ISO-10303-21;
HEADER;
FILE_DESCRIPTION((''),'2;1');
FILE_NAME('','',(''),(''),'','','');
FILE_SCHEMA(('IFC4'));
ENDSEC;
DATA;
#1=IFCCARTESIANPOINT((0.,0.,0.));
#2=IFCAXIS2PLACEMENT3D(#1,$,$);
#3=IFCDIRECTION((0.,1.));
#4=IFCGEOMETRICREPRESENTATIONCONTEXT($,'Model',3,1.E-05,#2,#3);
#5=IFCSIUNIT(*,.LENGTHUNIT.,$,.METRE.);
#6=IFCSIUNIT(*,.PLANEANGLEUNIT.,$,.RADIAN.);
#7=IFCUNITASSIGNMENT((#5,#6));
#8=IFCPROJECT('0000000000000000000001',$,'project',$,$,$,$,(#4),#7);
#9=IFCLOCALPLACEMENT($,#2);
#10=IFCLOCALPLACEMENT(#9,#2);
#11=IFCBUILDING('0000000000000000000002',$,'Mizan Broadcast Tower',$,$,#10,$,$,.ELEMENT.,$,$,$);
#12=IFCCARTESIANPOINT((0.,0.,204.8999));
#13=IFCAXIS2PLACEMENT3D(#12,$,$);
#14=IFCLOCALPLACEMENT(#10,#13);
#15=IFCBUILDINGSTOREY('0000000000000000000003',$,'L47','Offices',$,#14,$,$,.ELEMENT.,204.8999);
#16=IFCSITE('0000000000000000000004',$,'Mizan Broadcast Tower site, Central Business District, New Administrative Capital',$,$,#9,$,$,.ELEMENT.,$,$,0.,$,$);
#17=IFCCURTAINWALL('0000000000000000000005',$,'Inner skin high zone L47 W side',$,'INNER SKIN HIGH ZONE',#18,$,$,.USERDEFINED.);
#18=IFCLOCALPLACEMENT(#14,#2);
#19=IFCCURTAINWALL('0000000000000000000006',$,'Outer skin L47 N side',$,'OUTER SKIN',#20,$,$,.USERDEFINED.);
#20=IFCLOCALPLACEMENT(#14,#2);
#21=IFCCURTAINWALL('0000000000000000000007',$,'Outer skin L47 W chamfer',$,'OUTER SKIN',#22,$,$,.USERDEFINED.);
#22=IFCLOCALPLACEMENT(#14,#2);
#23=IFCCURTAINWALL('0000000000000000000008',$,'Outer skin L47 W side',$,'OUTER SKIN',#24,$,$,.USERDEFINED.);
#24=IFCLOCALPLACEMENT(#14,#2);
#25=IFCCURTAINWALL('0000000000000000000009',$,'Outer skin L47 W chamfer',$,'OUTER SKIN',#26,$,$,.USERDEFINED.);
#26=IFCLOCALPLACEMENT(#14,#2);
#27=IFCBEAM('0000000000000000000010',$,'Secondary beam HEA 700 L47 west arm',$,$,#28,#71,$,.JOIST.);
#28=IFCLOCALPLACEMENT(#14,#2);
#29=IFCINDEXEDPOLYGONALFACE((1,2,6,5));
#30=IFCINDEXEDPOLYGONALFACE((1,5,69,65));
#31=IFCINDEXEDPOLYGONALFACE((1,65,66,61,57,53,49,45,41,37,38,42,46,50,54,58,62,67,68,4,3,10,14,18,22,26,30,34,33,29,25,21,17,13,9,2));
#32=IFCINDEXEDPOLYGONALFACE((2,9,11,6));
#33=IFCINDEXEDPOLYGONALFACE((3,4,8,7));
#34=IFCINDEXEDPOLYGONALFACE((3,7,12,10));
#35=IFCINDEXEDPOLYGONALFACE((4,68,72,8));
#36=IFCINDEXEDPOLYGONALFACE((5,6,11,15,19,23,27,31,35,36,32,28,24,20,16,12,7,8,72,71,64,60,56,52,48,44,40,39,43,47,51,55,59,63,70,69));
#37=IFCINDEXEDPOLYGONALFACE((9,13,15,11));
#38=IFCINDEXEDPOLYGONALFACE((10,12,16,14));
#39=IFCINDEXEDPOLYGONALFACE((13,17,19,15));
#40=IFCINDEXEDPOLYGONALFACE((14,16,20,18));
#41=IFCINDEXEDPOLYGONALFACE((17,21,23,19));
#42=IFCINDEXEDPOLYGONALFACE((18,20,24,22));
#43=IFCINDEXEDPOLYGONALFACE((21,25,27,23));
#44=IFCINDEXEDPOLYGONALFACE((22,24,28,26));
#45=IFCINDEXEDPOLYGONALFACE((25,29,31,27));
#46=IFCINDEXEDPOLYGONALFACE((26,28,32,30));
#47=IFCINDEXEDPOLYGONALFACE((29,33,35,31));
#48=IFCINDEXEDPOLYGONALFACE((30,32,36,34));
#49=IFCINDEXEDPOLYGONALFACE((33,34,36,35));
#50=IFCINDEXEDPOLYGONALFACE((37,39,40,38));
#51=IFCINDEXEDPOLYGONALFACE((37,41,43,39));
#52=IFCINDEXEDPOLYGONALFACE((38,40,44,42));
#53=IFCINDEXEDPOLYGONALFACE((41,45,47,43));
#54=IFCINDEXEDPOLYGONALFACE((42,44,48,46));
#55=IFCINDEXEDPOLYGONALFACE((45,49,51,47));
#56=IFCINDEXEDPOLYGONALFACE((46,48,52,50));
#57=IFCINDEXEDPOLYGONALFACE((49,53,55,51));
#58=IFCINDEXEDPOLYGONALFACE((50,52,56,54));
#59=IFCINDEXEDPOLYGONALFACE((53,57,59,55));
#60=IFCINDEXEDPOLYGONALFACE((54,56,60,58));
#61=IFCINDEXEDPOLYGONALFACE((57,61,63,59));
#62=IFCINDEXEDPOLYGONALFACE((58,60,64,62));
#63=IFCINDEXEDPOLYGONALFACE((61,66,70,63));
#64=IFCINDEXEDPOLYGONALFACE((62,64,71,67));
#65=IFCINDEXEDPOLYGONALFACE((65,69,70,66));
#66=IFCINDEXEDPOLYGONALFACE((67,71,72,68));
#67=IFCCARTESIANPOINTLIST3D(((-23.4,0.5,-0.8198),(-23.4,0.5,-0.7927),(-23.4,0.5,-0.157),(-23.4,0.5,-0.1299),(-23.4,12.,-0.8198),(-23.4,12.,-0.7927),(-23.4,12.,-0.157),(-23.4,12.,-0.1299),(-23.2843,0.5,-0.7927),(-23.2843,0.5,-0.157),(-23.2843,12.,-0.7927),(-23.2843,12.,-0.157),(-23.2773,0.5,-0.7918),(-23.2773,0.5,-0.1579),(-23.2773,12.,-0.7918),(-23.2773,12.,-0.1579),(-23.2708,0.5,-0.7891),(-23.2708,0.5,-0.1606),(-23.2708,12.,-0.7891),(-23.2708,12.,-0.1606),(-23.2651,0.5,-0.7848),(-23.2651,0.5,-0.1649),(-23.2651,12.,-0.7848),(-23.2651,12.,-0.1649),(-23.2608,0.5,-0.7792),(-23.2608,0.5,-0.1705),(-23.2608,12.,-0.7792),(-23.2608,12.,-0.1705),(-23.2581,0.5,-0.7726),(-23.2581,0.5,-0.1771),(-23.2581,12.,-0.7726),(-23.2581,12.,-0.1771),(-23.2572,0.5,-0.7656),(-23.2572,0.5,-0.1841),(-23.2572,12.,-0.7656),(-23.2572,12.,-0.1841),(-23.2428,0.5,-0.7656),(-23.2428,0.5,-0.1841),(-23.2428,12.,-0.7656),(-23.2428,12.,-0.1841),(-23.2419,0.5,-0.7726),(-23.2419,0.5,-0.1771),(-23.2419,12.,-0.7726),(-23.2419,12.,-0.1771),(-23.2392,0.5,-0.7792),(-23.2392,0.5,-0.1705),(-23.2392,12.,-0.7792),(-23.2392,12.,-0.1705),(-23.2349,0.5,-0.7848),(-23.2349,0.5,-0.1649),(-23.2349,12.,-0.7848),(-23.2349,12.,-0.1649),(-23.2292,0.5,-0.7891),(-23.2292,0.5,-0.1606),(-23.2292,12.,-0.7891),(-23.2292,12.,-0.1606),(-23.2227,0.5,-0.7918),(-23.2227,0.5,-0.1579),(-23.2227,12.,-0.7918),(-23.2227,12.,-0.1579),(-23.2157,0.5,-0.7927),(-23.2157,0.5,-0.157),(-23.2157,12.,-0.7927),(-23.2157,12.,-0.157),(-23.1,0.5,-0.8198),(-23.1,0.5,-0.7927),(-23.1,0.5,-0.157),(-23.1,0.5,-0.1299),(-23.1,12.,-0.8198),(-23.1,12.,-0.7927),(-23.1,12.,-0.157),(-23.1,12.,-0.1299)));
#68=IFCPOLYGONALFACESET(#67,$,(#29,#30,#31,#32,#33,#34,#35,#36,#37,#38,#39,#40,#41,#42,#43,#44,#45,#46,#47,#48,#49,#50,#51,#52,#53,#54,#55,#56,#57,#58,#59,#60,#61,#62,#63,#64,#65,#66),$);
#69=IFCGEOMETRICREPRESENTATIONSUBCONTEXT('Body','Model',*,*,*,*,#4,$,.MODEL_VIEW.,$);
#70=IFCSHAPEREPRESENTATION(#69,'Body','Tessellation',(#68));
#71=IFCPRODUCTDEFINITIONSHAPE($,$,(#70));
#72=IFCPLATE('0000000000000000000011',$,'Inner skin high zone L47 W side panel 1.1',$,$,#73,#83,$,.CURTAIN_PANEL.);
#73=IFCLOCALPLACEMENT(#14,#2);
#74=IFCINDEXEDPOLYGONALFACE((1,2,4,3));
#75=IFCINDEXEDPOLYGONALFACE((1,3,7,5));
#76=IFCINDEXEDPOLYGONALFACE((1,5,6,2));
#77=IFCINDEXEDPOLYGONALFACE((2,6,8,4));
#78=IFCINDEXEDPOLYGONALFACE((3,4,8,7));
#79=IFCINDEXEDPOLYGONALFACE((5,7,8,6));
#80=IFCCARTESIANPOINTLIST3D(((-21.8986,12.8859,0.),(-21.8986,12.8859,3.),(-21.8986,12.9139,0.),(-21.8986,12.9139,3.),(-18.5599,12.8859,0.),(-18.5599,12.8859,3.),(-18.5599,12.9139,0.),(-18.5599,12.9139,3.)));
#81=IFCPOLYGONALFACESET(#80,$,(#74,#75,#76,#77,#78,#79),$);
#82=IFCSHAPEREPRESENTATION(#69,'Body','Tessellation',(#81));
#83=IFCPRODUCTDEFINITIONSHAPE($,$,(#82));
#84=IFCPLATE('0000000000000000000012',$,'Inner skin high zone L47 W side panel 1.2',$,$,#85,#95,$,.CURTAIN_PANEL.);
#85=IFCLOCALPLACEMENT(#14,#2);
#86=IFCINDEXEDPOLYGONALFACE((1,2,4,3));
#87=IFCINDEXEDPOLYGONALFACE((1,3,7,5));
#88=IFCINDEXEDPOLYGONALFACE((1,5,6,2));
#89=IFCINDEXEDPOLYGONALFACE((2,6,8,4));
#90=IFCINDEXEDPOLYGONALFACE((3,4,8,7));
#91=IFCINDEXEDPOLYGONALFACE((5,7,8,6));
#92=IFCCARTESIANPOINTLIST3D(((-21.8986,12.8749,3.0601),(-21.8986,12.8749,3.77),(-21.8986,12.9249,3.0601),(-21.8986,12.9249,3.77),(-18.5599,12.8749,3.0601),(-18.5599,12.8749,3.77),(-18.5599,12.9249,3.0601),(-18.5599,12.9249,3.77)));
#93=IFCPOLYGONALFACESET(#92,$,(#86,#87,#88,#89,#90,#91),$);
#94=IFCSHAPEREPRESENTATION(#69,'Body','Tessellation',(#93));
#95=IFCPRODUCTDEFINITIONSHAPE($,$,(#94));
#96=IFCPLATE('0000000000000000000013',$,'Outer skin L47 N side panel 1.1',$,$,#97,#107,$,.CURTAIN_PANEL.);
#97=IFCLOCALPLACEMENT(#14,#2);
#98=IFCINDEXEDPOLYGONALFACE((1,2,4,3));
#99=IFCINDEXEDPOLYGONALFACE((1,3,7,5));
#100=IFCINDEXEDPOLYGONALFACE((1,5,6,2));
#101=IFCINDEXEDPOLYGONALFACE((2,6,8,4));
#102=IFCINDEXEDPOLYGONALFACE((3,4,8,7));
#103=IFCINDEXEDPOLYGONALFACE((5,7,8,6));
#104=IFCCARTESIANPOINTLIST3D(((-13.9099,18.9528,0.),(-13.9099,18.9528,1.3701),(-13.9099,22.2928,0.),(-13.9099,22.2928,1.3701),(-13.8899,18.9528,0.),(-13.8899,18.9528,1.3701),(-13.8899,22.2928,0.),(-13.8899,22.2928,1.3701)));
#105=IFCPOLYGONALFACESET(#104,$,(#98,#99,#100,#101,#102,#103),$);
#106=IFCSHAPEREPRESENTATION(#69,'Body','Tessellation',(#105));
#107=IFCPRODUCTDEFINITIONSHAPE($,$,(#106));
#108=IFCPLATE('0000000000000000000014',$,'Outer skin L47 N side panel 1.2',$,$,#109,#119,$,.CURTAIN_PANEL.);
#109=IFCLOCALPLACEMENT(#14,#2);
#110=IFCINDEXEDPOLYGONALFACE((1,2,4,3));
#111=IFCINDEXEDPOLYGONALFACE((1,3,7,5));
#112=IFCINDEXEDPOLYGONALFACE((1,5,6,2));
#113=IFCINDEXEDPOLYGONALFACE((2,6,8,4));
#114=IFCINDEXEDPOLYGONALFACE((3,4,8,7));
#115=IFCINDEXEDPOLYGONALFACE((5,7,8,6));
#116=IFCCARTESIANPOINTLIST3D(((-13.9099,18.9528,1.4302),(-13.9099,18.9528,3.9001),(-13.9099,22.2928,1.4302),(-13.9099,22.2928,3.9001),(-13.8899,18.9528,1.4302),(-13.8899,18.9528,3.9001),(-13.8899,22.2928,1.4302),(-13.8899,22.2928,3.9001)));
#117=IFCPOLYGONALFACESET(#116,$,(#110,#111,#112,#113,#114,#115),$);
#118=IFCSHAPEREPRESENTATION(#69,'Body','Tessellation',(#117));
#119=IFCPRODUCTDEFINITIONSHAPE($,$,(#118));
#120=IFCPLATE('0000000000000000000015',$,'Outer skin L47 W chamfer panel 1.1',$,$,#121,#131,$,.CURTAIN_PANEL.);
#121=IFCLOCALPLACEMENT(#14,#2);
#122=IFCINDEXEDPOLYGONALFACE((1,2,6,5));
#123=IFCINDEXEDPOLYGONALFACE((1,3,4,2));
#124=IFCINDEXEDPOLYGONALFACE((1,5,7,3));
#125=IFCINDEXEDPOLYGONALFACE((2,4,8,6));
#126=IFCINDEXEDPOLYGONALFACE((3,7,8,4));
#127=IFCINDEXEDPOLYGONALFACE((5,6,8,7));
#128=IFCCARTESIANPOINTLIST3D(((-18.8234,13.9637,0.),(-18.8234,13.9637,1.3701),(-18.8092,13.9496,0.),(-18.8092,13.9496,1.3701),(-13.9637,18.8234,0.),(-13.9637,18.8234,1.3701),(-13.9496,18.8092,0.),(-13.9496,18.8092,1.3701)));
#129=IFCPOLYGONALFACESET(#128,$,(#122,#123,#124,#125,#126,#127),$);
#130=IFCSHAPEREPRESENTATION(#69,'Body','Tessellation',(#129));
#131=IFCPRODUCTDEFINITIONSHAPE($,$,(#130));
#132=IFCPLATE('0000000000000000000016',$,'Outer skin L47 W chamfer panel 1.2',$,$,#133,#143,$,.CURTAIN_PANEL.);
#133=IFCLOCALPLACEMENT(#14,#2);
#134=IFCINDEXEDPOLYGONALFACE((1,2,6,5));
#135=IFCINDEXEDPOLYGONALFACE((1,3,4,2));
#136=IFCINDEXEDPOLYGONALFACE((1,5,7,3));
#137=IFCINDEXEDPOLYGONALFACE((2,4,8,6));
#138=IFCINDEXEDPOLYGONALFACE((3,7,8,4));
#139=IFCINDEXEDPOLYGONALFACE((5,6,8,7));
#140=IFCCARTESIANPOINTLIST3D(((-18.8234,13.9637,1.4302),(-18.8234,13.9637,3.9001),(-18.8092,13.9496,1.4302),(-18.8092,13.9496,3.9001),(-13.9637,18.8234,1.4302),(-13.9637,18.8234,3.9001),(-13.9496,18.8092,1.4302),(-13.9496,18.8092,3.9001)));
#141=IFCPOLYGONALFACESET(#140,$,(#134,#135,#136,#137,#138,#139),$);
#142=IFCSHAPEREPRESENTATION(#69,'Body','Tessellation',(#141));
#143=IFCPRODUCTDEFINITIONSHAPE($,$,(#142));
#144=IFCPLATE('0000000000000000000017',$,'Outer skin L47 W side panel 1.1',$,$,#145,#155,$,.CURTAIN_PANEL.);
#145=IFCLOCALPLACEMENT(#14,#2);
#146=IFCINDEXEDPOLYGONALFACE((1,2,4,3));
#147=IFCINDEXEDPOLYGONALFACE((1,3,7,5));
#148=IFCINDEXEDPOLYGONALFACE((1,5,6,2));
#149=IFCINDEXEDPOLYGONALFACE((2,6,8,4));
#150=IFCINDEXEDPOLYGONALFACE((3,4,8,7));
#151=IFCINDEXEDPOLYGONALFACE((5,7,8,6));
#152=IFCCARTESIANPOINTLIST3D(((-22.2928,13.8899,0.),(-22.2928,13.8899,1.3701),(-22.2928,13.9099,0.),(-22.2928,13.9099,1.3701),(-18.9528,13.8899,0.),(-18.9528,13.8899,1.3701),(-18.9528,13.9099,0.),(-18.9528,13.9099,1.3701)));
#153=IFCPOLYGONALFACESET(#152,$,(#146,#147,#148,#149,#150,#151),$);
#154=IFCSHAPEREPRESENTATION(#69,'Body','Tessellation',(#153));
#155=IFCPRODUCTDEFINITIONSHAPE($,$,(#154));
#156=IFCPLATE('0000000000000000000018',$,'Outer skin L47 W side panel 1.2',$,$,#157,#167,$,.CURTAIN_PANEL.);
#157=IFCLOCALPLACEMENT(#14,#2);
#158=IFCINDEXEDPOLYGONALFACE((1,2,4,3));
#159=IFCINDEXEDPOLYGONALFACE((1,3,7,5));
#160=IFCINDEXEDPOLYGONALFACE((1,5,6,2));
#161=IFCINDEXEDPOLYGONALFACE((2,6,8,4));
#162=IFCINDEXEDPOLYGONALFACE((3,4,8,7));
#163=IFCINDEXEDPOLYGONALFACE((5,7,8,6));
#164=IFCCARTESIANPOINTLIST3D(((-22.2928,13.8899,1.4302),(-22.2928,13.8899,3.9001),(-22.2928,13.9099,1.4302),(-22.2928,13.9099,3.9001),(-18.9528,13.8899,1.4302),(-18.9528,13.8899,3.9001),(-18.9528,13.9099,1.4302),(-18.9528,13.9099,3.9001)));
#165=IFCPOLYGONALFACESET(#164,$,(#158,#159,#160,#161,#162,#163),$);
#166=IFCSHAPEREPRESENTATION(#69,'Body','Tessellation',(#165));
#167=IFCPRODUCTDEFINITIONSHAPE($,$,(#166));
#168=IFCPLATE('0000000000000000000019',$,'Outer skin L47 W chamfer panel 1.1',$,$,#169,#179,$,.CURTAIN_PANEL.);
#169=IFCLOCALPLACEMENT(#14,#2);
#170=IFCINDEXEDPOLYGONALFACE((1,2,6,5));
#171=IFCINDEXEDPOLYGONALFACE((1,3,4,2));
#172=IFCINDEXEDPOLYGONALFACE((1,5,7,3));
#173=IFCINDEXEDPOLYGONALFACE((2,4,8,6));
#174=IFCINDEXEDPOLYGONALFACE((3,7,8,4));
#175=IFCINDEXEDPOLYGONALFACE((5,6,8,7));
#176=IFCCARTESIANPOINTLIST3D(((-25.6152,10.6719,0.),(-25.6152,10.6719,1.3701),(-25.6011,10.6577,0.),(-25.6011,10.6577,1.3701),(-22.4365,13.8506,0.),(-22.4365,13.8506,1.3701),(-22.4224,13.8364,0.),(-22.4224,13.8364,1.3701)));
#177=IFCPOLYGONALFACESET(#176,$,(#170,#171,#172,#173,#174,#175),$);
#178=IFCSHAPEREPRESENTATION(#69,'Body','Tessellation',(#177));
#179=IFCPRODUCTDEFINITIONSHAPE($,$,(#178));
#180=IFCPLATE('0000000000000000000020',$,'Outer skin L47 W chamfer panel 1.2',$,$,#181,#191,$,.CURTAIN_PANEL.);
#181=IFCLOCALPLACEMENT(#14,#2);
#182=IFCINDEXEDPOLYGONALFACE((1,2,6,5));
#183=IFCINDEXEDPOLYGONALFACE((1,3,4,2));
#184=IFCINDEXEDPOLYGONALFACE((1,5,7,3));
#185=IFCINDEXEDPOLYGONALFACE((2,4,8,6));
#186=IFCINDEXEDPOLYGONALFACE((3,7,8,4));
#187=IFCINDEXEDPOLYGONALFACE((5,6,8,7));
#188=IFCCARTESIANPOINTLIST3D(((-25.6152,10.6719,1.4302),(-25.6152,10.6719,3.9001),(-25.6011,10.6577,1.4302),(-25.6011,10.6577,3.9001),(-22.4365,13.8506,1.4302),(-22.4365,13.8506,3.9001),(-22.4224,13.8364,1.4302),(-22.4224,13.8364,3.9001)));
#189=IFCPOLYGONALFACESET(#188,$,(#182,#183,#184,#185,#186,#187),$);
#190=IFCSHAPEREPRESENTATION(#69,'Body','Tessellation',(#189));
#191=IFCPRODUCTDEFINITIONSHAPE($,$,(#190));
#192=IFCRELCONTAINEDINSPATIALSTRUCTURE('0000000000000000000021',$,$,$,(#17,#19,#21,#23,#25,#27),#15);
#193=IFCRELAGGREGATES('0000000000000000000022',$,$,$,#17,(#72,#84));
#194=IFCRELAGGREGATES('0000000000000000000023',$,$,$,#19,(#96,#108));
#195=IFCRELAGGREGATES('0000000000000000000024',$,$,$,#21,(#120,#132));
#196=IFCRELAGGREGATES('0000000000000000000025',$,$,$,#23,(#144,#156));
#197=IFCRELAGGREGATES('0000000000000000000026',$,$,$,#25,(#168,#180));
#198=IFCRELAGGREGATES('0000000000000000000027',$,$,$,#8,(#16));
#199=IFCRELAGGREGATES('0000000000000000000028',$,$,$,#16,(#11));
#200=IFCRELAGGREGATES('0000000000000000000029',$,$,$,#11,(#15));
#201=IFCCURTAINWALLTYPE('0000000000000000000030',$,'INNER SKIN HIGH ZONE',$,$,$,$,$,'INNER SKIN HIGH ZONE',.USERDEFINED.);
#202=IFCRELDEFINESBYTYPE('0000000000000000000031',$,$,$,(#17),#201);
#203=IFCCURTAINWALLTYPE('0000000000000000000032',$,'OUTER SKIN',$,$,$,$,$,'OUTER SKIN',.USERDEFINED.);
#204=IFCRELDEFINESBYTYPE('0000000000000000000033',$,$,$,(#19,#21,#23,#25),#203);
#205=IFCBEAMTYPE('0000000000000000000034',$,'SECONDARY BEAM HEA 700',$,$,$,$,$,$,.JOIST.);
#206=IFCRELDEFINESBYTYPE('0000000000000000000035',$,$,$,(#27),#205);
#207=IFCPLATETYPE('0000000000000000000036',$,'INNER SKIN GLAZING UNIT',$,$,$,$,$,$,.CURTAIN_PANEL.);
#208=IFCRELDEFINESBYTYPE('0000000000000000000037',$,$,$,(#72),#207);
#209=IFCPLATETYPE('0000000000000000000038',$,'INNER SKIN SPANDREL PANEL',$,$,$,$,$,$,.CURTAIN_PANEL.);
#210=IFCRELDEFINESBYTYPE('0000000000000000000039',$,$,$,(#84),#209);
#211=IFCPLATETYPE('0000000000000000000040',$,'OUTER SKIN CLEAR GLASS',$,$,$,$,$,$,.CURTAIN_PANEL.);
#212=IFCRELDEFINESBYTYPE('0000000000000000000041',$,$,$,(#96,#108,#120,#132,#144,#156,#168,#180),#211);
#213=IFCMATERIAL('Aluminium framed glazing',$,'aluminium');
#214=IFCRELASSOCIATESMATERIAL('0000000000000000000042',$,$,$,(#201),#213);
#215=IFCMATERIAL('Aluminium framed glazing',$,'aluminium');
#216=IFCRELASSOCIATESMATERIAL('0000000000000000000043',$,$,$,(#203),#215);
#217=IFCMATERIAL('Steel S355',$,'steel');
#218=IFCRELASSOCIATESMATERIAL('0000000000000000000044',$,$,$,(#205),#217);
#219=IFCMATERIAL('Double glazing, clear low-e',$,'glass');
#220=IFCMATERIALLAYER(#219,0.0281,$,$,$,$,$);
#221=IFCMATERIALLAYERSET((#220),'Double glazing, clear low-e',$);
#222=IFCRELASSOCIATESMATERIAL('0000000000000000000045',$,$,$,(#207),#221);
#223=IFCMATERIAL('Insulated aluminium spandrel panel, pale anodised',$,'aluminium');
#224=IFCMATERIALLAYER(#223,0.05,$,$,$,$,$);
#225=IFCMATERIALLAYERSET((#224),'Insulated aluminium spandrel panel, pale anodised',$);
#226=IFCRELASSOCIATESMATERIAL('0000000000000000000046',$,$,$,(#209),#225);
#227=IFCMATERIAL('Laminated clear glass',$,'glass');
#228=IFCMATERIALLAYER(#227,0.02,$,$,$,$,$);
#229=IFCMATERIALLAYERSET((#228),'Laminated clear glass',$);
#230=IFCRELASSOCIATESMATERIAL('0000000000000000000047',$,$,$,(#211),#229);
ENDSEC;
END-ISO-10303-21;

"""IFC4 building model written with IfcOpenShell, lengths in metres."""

from ifc_helpers import new_model, si_unit, direction, frame, origin, origin_2d, place, context, subcontext, project, spatial, rectangle, i_section, extrude, material, layer, layer_set, material_profile, profile_set, type_object, element, aggregate, save


model = new_model("IFC4")

# Units and contexts
model_context = context("Model", 3, precision=1e-05, world=origin(), true_north=direction((0.0, 1.0)))
body_context = subcontext(model_context, "Body", "Model", "MODEL_VIEW")
ifc_project = project(units=[si_unit("LENGTHUNIT", "METRE"), si_unit("PLANEANGLEUNIT", "RADIAN")], contexts=[model_context])

# Site, building, storey
site_placement = place(None, origin())
site = spatial("IfcSite", under=ifc_project, at=site_placement, Name="Mizan Broadcast Tower site, Central Business District, New Administrative Capital", CompositionType="ELEMENT", RefElevation=0.0)
building_placement = place(site_placement, origin())
building = spatial("IfcBuilding", under=site, at=building_placement, Name="Mizan Broadcast Tower", CompositionType="ELEMENT")
storey_placement = place(building_placement, frame((0.0, 0.0, 204.8999)))
storey = spatial("IfcBuildingStorey", under=building, at=storey_placement, Name="L47", Description="Offices", CompositionType="ELEMENT", Elevation=204.8999)

# Curtain wall
ifc_material_1 = material(Name="Aluminium framed glazing", Category="aluminium")
curtain_wall_type_1 = type_object("IfcCurtainWallType", Name="INNER SKIN HIGH ZONE", ElementType="INNER SKIN HIGH ZONE", PredefinedType="USERDEFINED", material=ifc_material_1)
curtain_wall_1_placement = place(storey_placement, origin())
curtain_wall_1 = element("IfcCurtainWall", 1, at=curtain_wall_1_placement, inside=storey, type_object=curtain_wall_type_1, Name="Inner skin high zone L47 W side", ObjectType="INNER SKIN HIGH ZONE", PredefinedType="USERDEFINED")

# Curtain walls
ifc_material_2 = material(Name="Aluminium framed glazing", Category="aluminium")
curtain_wall_type_2 = type_object("IfcCurtainWallType", Name="OUTER SKIN", ElementType="OUTER SKIN", PredefinedType="USERDEFINED", material=ifc_material_2)
curtain_wall_2_placement = place(storey_placement, origin())
curtain_wall_2 = element("IfcCurtainWall", 2, at=curtain_wall_2_placement, inside=storey, type_object=curtain_wall_type_2, Name="Outer skin L47 N side", ObjectType="OUTER SKIN", PredefinedType="USERDEFINED")
curtain_wall_3_placement = place(storey_placement, origin())
curtain_wall_3 = element("IfcCurtainWall", 3, at=curtain_wall_3_placement, inside=storey, type_object=curtain_wall_type_2, Name="Outer skin L47 W chamfer", ObjectType="OUTER SKIN", PredefinedType="USERDEFINED")
curtain_wall_4_placement = place(storey_placement, origin())
curtain_wall_4 = element("IfcCurtainWall", 4, at=curtain_wall_4_placement, inside=storey, type_object=curtain_wall_type_2, Name="Outer skin L47 W side", ObjectType="OUTER SKIN", PredefinedType="USERDEFINED")
curtain_wall_5_placement = place(storey_placement, origin())
curtain_wall_5 = element("IfcCurtainWall", 5, at=curtain_wall_5_placement, inside=storey, type_object=curtain_wall_type_2, Name="Outer skin L47 W chamfer", ObjectType="OUTER SKIN", PredefinedType="USERDEFINED")

# Beam
ifc_material_3 = material(Name="Steel S355", Category="steel")
ifc_material_profile_1 = material_profile(ifc_material_3, i_section(OverallWidth=0.3, OverallDepth=0.6899, WebThickness=0.0144, FlangeThickness=0.0271, FilletRadius=0.0271, at=origin_2d()), Name="HEA 700")
ifc_profile_set_1 = profile_set([ifc_material_profile_1], Name="Steel S355")
beam_type_1 = type_object("IfcBeamType", Name="SECONDARY BEAM HEA 700", PredefinedType="JOIST", material=ifc_profile_set_1)
for number, where, z_axis, x_axis, name in (
    (6, (-23.25, 12.0, -0.4749), (0.0, -1.0, 0.0), (1.0, 0.0, 0.0), "Secondary beam HEA 700 L47 west arm"),
):
    element("IfcBeam", number, at=place(storey_placement, frame(where, z_axis=z_axis, x_axis=x_axis)), inside=storey, type_object=beam_type_1, Name=name, PredefinedType="JOIST", context=body_context, shape_type="SweptSolid", body=[
        extrude(i_section(OverallWidth=0.3, OverallDepth=0.6899, WebThickness=0.0144, FlangeThickness=0.0271, FilletRadius=0.0271, at=origin_2d()), origin(), (0.0, 0.0, 1.0), 11.5),
    ])

# Plates
ifc_material_4 = material(Name="Double glazing, clear low-e", Category="glass")
ifc_layer_1 = layer(ifc_material_4, 0.0281)
ifc_layer_set_1 = layer_set([ifc_layer_1], Name="Double glazing, clear low-e")
plate_type_1 = type_object("IfcPlateType", Name="INNER SKIN GLAZING UNIT", PredefinedType="CURTAIN_PANEL", material=ifc_layer_set_1)
plate_1_placement = place(storey_placement, frame((-20.2292, 12.8999, 0.0), z_axis=(0.0, 0.0, 1.0), x_axis=(-1.0, 0.0, 0.0)))
plate_1 = element("IfcPlate", 7, at=plate_1_placement, type_object=plate_type_1, Name="Inner skin high zone L47 W side panel 1.1", PredefinedType="CURTAIN_PANEL", context=body_context, shape_type="SweptSolid", body=[
    extrude(rectangle(XDim=3.3386, YDim=0.0281, at=origin_2d()), origin(), (0.0, 0.0, 1.0), 3.0),
])
ifc_material_5 = material(Name="Insulated aluminium spandrel panel, pale anodised", Category="aluminium")
ifc_layer_2 = layer(ifc_material_5, 0.05)
ifc_layer_set_2 = layer_set([ifc_layer_2], Name="Insulated aluminium spandrel panel, pale anodised")
plate_type_2 = type_object("IfcPlateType", Name="INNER SKIN SPANDREL PANEL", PredefinedType="CURTAIN_PANEL", material=ifc_layer_set_2)
plate_2_placement = place(storey_placement, frame((-20.2292, 12.8999, 3.0601), z_axis=(0.0, 0.0, 1.0), x_axis=(-1.0, 0.0, 0.0)))
plate_2 = element("IfcPlate", 8, at=plate_2_placement, type_object=plate_type_2, Name="Inner skin high zone L47 W side panel 1.2", PredefinedType="CURTAIN_PANEL", context=body_context, shape_type="SweptSolid", body=[
    extrude(rectangle(XDim=3.3386, YDim=0.05, at=origin_2d()), origin(), (0.0, 0.0, 1.0), 0.71),
])
aggregate(curtain_wall_1, [plate_1, plate_2])
ifc_material_6 = material(Name="Laminated clear glass", Category="glass")
ifc_layer_3 = layer(ifc_material_6, 0.02)
ifc_layer_set_3 = layer_set([ifc_layer_3], Name="Laminated clear glass")
plate_type_3 = type_object("IfcPlateType", Name="OUTER SKIN CLEAR GLASS", PredefinedType="CURTAIN_PANEL", material=ifc_layer_set_3)
plate_3_placement = place(storey_placement, frame((-13.8999, 20.6228, 0.0), z_axis=(0.0, 0.0, 1.0), x_axis=(0.0, -1.0, 0.0)))
plate_3 = element("IfcPlate", 9, at=plate_3_placement, type_object=plate_type_3, Name="Outer skin L47 N side panel 1.1", PredefinedType="CURTAIN_PANEL", context=body_context, shape_type="SweptSolid", body=[
    extrude(rectangle(XDim=3.3401, YDim=0.02, at=origin_2d()), origin(), (0.0, 0.0, 1.0), 1.3701),
])
plate_4_placement = place(storey_placement, frame((-13.8999, 20.6228, 1.4302), z_axis=(0.0, 0.0, 1.0), x_axis=(0.0, -1.0, 0.0)))
plate_4 = element("IfcPlate", 10, at=plate_4_placement, type_object=plate_type_3, Name="Outer skin L47 N side panel 1.2", PredefinedType="CURTAIN_PANEL", context=body_context, shape_type="SweptSolid", body=[
    extrude(rectangle(XDim=3.3401, YDim=0.02, at=origin_2d()), origin(), (0.0, 0.0, 1.0), 2.47),
])
aggregate(curtain_wall_2, [plate_3, plate_4])
plate_5_placement = place(storey_placement, frame((-16.3865, 16.3865, 0.0), z_axis=(0.0, 0.0, 1.0), x_axis=(-0.707107, -0.707107, 0.0)))
plate_5 = element("IfcPlate", 11, at=plate_5_placement, type_object=plate_type_3, Name="Outer skin L47 W chamfer panel 1.1", PredefinedType="CURTAIN_PANEL", context=body_context, shape_type="SweptSolid", body=[
    extrude(rectangle(XDim=6.8726, YDim=0.02, at=origin_2d()), origin(), (0.0, 0.0, 1.0), 1.3701),
])
plate_6_placement = place(storey_placement, frame((-16.3865, 16.3865, 1.4302), z_axis=(0.0, 0.0, 1.0), x_axis=(-0.707107, -0.707107, 0.0)))
plate_6 = element("IfcPlate", 12, at=plate_6_placement, type_object=plate_type_3, Name="Outer skin L47 W chamfer panel 1.2", PredefinedType="CURTAIN_PANEL", context=body_context, shape_type="SweptSolid", body=[
    extrude(rectangle(XDim=6.8726, YDim=0.02, at=origin_2d()), origin(), (0.0, 0.0, 1.0), 2.47),
])
aggregate(curtain_wall_3, [plate_5, plate_6])
plate_7_placement = place(storey_placement, frame((-20.6228, 13.8999, 0.0), z_axis=(0.0, 0.0, 1.0), x_axis=(-1.0, 0.0, 0.0)))
plate_7 = element("IfcPlate", 13, at=plate_7_placement, type_object=plate_type_3, Name="Outer skin L47 W side panel 1.1", PredefinedType="CURTAIN_PANEL", context=body_context, shape_type="SweptSolid", body=[
    extrude(rectangle(XDim=3.3401, YDim=0.02, at=origin_2d()), origin(), (0.0, 0.0, 1.0), 1.3701),
])
plate_8_placement = place(storey_placement, frame((-20.6228, 13.8999, 1.4302), z_axis=(0.0, 0.0, 1.0), x_axis=(-1.0, 0.0, 0.0)))
plate_8 = element("IfcPlate", 14, at=plate_8_placement, type_object=plate_type_3, Name="Outer skin L47 W side panel 1.2", PredefinedType="CURTAIN_PANEL", context=body_context, shape_type="SweptSolid", body=[
    extrude(rectangle(XDim=3.3401, YDim=0.02, at=origin_2d()), origin(), (0.0, 0.0, 1.0), 2.47),
])
aggregate(curtain_wall_4, [plate_7, plate_8])
plate_9_placement = place(storey_placement, frame((-24.0188, 12.2542, 0.0), z_axis=(0.0, 0.0, 1.0), x_axis=(-0.707107, -0.707107, 0.0)))
plate_9 = element("IfcPlate", 15, at=plate_9_placement, type_object=plate_type_3, Name="Outer skin L47 W chamfer panel 1.1", PredefinedType="CURTAIN_PANEL", context=body_context, shape_type="SweptSolid", body=[
    extrude(rectangle(XDim=4.4954, YDim=0.02, at=origin_2d()), origin(), (0.0, 0.0, 1.0), 1.3701),
])
plate_10_placement = place(storey_placement, frame((-24.0188, 12.2542, 1.4302), z_axis=(0.0, 0.0, 1.0), x_axis=(-0.707107, -0.707107, 0.0)))
plate_10 = element("IfcPlate", 16, at=plate_10_placement, type_object=plate_type_3, Name="Outer skin L47 W chamfer panel 1.2", PredefinedType="CURTAIN_PANEL", context=body_context, shape_type="SweptSolid", body=[
    extrude(rectangle(XDim=4.4954, YDim=0.02, at=origin_2d()), origin(), (0.0, 0.0, 1.0), 2.47),
])
aggregate(curtain_wall_5, [plate_9, plate_10])

save(model, "model.ifc")
